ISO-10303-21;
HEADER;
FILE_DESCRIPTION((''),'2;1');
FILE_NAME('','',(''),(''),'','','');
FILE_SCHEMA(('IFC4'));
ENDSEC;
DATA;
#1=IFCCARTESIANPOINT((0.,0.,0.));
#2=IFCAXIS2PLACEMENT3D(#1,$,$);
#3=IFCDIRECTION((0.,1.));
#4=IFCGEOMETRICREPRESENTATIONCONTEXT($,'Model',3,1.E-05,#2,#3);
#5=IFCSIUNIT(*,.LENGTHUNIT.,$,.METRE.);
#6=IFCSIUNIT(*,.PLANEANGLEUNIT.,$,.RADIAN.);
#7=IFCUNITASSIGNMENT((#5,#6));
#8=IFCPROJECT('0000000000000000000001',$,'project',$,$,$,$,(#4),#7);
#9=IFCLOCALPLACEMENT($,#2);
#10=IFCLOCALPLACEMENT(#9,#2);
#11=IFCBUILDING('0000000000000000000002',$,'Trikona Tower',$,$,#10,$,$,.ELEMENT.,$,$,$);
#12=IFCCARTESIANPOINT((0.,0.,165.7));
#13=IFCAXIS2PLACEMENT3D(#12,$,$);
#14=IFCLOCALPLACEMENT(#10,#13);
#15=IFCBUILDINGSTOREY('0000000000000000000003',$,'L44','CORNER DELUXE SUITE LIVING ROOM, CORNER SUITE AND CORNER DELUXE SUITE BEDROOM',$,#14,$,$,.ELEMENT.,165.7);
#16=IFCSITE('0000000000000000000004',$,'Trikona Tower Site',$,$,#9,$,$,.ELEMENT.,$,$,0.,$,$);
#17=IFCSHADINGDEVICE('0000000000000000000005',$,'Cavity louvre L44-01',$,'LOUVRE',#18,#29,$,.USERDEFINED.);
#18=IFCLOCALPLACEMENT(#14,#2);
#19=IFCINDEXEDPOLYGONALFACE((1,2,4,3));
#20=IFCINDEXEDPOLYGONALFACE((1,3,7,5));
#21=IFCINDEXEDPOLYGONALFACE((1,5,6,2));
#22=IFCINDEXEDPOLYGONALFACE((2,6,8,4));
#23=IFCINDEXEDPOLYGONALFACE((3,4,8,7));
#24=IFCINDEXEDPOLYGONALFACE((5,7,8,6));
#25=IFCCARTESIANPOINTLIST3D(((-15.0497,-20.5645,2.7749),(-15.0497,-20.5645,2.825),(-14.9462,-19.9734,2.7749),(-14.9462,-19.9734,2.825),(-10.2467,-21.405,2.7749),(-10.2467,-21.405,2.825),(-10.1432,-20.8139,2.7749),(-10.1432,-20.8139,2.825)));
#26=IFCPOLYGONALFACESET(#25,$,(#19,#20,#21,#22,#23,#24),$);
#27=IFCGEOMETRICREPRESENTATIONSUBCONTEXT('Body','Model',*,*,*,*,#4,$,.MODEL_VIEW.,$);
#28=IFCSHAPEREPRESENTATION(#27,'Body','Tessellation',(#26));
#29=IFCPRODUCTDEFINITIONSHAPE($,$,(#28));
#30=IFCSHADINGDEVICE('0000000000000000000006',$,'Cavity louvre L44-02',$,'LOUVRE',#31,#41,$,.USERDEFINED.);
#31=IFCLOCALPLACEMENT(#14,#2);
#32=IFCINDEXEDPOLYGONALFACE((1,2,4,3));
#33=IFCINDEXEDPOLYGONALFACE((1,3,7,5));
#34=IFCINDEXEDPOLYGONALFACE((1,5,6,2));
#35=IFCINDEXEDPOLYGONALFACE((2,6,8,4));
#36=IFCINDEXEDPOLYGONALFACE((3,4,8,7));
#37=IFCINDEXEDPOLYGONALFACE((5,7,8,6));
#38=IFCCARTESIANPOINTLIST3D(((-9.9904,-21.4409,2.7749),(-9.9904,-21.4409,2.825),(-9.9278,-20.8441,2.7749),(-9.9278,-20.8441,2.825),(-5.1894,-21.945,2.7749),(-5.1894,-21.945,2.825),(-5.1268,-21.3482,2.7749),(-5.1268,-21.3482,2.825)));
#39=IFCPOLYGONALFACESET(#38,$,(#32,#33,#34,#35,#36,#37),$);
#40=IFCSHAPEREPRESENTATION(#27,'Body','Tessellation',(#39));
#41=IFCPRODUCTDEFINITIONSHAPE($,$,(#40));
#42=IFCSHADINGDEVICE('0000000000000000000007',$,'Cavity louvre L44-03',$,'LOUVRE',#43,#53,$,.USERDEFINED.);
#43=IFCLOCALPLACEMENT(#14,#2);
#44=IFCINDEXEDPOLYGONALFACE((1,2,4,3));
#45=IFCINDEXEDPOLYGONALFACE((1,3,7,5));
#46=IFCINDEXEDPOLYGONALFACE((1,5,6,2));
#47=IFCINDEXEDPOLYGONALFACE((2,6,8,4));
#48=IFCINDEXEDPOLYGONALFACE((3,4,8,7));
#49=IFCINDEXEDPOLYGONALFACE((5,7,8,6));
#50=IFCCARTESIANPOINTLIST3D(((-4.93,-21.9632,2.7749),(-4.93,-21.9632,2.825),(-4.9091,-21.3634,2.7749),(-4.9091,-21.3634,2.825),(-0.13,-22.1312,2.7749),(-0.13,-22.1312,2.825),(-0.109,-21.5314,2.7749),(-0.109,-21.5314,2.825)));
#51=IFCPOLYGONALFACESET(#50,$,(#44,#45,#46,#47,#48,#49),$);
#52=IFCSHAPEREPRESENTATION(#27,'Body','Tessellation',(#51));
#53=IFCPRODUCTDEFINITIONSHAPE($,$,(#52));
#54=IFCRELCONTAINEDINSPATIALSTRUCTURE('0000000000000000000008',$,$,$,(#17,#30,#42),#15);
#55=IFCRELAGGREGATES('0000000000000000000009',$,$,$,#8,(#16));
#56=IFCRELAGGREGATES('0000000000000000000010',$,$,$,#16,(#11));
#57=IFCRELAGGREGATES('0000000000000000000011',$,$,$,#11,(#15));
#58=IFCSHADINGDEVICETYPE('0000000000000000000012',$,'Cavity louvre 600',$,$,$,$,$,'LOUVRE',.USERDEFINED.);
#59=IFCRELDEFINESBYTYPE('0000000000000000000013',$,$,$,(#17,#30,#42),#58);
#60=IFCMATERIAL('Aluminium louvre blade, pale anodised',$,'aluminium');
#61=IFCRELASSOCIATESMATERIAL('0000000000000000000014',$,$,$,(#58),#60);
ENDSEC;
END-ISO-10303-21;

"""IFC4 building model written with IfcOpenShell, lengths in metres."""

from ifc_helpers import new_model, si_unit, direction, frame, origin, origin_2d, place, context, subcontext, project, spatial, rectangle, extrude, material, type_object, element, save


model = new_model("IFC4")

# Units and contexts
model_context = context("Model", 3, precision=1e-05, world=origin(), true_north=direction((0.0, 1.0)))
body_context = subcontext(model_context, "Body", "Model", "MODEL_VIEW")
ifc_project = project(units=[si_unit("LENGTHUNIT", "METRE"), si_unit("PLANEANGLEUNIT", "RADIAN")], contexts=[model_context])

# Site, building, storey
site_placement = place(None, origin())
site = spatial("IfcSite", under=ifc_project, at=site_placement, Name="Trikona Tower Site", CompositionType="ELEMENT", RefElevation=0.0)
building_placement = place(site_placement, origin())
building = spatial("IfcBuilding", under=site, at=building_placement, Name="Trikona Tower", CompositionType="ELEMENT")
storey_placement = place(building_placement, frame((0.0, 0.0, 165.7)))
storey = spatial("IfcBuildingStorey", under=building, at=storey_placement, Name="L44", Description="CORNER DELUXE SUITE LIVING ROOM, CORNER SUITE AND CORNER DELUXE SUITE BEDROOM", CompositionType="ELEMENT", Elevation=165.7)

# Shading devices
ifc_material_1 = material(Name="Aluminium louvre blade, pale anodised", Category="aluminium")
shading_device_type = type_object("IfcShadingDeviceType", Name="Cavity louvre 600", ElementType="LOUVRE", PredefinedType="USERDEFINED", material=ifc_material_1)
shading_device_1_placement = place(storey_placement, frame((-12.5964, -20.6892, 2.7749), z_axis=(0.0, 0.0, 1.0), x_axis=(0.985031, -0.17238, 0.0)))
element("IfcShadingDevice", 1, at=shading_device_1_placement, inside=storey, type_object=shading_device_type, Name="Cavity louvre L44-01", ObjectType="LOUVRE", PredefinedType="USERDEFINED", context=body_context, shape_type="SweptSolid", body=[
    extrude(rectangle(XDim=4.876, YDim=0.6001, at=origin_2d()), origin(), (0.0, 0.0, 1.0), 0.05),
])
shading_device_2_placement = place(storey_placement, frame((-7.5586, -21.3945, 2.7749), z_axis=(0.0, 0.0, 1.0), x_axis=(0.994533, -0.104426, 0.0)))
element("IfcShadingDevice", 2, at=shading_device_2_placement, inside=storey, type_object=shading_device_type, Name="Cavity louvre L44-02", ObjectType="LOUVRE", PredefinedType="USERDEFINED", context=body_context, shape_type="SweptSolid", body=[
    extrude(rectangle(XDim=4.8274, YDim=0.6001, at=origin_2d()), origin(), (0.0, 0.0, 1.0), 0.05),
])
shading_device_3_placement = place(storey_placement, frame((-2.5195, -21.7473, 2.7749), z_axis=(0.0, 0.0, 1.0), x_axis=(0.999388, -0.034978, 0.0)))
element("IfcShadingDevice", 3, at=shading_device_3_placement, inside=storey, type_object=shading_device_type, Name="Cavity louvre L44-03", ObjectType="LOUVRE", PredefinedType="USERDEFINED", context=body_context, shape_type="SweptSolid", body=[
    extrude(rectangle(XDim=4.803, YDim=0.6001, at=origin_2d()), origin(), (0.0, 0.0, 1.0), 0.05),
])

save(model, "model.ifc")
